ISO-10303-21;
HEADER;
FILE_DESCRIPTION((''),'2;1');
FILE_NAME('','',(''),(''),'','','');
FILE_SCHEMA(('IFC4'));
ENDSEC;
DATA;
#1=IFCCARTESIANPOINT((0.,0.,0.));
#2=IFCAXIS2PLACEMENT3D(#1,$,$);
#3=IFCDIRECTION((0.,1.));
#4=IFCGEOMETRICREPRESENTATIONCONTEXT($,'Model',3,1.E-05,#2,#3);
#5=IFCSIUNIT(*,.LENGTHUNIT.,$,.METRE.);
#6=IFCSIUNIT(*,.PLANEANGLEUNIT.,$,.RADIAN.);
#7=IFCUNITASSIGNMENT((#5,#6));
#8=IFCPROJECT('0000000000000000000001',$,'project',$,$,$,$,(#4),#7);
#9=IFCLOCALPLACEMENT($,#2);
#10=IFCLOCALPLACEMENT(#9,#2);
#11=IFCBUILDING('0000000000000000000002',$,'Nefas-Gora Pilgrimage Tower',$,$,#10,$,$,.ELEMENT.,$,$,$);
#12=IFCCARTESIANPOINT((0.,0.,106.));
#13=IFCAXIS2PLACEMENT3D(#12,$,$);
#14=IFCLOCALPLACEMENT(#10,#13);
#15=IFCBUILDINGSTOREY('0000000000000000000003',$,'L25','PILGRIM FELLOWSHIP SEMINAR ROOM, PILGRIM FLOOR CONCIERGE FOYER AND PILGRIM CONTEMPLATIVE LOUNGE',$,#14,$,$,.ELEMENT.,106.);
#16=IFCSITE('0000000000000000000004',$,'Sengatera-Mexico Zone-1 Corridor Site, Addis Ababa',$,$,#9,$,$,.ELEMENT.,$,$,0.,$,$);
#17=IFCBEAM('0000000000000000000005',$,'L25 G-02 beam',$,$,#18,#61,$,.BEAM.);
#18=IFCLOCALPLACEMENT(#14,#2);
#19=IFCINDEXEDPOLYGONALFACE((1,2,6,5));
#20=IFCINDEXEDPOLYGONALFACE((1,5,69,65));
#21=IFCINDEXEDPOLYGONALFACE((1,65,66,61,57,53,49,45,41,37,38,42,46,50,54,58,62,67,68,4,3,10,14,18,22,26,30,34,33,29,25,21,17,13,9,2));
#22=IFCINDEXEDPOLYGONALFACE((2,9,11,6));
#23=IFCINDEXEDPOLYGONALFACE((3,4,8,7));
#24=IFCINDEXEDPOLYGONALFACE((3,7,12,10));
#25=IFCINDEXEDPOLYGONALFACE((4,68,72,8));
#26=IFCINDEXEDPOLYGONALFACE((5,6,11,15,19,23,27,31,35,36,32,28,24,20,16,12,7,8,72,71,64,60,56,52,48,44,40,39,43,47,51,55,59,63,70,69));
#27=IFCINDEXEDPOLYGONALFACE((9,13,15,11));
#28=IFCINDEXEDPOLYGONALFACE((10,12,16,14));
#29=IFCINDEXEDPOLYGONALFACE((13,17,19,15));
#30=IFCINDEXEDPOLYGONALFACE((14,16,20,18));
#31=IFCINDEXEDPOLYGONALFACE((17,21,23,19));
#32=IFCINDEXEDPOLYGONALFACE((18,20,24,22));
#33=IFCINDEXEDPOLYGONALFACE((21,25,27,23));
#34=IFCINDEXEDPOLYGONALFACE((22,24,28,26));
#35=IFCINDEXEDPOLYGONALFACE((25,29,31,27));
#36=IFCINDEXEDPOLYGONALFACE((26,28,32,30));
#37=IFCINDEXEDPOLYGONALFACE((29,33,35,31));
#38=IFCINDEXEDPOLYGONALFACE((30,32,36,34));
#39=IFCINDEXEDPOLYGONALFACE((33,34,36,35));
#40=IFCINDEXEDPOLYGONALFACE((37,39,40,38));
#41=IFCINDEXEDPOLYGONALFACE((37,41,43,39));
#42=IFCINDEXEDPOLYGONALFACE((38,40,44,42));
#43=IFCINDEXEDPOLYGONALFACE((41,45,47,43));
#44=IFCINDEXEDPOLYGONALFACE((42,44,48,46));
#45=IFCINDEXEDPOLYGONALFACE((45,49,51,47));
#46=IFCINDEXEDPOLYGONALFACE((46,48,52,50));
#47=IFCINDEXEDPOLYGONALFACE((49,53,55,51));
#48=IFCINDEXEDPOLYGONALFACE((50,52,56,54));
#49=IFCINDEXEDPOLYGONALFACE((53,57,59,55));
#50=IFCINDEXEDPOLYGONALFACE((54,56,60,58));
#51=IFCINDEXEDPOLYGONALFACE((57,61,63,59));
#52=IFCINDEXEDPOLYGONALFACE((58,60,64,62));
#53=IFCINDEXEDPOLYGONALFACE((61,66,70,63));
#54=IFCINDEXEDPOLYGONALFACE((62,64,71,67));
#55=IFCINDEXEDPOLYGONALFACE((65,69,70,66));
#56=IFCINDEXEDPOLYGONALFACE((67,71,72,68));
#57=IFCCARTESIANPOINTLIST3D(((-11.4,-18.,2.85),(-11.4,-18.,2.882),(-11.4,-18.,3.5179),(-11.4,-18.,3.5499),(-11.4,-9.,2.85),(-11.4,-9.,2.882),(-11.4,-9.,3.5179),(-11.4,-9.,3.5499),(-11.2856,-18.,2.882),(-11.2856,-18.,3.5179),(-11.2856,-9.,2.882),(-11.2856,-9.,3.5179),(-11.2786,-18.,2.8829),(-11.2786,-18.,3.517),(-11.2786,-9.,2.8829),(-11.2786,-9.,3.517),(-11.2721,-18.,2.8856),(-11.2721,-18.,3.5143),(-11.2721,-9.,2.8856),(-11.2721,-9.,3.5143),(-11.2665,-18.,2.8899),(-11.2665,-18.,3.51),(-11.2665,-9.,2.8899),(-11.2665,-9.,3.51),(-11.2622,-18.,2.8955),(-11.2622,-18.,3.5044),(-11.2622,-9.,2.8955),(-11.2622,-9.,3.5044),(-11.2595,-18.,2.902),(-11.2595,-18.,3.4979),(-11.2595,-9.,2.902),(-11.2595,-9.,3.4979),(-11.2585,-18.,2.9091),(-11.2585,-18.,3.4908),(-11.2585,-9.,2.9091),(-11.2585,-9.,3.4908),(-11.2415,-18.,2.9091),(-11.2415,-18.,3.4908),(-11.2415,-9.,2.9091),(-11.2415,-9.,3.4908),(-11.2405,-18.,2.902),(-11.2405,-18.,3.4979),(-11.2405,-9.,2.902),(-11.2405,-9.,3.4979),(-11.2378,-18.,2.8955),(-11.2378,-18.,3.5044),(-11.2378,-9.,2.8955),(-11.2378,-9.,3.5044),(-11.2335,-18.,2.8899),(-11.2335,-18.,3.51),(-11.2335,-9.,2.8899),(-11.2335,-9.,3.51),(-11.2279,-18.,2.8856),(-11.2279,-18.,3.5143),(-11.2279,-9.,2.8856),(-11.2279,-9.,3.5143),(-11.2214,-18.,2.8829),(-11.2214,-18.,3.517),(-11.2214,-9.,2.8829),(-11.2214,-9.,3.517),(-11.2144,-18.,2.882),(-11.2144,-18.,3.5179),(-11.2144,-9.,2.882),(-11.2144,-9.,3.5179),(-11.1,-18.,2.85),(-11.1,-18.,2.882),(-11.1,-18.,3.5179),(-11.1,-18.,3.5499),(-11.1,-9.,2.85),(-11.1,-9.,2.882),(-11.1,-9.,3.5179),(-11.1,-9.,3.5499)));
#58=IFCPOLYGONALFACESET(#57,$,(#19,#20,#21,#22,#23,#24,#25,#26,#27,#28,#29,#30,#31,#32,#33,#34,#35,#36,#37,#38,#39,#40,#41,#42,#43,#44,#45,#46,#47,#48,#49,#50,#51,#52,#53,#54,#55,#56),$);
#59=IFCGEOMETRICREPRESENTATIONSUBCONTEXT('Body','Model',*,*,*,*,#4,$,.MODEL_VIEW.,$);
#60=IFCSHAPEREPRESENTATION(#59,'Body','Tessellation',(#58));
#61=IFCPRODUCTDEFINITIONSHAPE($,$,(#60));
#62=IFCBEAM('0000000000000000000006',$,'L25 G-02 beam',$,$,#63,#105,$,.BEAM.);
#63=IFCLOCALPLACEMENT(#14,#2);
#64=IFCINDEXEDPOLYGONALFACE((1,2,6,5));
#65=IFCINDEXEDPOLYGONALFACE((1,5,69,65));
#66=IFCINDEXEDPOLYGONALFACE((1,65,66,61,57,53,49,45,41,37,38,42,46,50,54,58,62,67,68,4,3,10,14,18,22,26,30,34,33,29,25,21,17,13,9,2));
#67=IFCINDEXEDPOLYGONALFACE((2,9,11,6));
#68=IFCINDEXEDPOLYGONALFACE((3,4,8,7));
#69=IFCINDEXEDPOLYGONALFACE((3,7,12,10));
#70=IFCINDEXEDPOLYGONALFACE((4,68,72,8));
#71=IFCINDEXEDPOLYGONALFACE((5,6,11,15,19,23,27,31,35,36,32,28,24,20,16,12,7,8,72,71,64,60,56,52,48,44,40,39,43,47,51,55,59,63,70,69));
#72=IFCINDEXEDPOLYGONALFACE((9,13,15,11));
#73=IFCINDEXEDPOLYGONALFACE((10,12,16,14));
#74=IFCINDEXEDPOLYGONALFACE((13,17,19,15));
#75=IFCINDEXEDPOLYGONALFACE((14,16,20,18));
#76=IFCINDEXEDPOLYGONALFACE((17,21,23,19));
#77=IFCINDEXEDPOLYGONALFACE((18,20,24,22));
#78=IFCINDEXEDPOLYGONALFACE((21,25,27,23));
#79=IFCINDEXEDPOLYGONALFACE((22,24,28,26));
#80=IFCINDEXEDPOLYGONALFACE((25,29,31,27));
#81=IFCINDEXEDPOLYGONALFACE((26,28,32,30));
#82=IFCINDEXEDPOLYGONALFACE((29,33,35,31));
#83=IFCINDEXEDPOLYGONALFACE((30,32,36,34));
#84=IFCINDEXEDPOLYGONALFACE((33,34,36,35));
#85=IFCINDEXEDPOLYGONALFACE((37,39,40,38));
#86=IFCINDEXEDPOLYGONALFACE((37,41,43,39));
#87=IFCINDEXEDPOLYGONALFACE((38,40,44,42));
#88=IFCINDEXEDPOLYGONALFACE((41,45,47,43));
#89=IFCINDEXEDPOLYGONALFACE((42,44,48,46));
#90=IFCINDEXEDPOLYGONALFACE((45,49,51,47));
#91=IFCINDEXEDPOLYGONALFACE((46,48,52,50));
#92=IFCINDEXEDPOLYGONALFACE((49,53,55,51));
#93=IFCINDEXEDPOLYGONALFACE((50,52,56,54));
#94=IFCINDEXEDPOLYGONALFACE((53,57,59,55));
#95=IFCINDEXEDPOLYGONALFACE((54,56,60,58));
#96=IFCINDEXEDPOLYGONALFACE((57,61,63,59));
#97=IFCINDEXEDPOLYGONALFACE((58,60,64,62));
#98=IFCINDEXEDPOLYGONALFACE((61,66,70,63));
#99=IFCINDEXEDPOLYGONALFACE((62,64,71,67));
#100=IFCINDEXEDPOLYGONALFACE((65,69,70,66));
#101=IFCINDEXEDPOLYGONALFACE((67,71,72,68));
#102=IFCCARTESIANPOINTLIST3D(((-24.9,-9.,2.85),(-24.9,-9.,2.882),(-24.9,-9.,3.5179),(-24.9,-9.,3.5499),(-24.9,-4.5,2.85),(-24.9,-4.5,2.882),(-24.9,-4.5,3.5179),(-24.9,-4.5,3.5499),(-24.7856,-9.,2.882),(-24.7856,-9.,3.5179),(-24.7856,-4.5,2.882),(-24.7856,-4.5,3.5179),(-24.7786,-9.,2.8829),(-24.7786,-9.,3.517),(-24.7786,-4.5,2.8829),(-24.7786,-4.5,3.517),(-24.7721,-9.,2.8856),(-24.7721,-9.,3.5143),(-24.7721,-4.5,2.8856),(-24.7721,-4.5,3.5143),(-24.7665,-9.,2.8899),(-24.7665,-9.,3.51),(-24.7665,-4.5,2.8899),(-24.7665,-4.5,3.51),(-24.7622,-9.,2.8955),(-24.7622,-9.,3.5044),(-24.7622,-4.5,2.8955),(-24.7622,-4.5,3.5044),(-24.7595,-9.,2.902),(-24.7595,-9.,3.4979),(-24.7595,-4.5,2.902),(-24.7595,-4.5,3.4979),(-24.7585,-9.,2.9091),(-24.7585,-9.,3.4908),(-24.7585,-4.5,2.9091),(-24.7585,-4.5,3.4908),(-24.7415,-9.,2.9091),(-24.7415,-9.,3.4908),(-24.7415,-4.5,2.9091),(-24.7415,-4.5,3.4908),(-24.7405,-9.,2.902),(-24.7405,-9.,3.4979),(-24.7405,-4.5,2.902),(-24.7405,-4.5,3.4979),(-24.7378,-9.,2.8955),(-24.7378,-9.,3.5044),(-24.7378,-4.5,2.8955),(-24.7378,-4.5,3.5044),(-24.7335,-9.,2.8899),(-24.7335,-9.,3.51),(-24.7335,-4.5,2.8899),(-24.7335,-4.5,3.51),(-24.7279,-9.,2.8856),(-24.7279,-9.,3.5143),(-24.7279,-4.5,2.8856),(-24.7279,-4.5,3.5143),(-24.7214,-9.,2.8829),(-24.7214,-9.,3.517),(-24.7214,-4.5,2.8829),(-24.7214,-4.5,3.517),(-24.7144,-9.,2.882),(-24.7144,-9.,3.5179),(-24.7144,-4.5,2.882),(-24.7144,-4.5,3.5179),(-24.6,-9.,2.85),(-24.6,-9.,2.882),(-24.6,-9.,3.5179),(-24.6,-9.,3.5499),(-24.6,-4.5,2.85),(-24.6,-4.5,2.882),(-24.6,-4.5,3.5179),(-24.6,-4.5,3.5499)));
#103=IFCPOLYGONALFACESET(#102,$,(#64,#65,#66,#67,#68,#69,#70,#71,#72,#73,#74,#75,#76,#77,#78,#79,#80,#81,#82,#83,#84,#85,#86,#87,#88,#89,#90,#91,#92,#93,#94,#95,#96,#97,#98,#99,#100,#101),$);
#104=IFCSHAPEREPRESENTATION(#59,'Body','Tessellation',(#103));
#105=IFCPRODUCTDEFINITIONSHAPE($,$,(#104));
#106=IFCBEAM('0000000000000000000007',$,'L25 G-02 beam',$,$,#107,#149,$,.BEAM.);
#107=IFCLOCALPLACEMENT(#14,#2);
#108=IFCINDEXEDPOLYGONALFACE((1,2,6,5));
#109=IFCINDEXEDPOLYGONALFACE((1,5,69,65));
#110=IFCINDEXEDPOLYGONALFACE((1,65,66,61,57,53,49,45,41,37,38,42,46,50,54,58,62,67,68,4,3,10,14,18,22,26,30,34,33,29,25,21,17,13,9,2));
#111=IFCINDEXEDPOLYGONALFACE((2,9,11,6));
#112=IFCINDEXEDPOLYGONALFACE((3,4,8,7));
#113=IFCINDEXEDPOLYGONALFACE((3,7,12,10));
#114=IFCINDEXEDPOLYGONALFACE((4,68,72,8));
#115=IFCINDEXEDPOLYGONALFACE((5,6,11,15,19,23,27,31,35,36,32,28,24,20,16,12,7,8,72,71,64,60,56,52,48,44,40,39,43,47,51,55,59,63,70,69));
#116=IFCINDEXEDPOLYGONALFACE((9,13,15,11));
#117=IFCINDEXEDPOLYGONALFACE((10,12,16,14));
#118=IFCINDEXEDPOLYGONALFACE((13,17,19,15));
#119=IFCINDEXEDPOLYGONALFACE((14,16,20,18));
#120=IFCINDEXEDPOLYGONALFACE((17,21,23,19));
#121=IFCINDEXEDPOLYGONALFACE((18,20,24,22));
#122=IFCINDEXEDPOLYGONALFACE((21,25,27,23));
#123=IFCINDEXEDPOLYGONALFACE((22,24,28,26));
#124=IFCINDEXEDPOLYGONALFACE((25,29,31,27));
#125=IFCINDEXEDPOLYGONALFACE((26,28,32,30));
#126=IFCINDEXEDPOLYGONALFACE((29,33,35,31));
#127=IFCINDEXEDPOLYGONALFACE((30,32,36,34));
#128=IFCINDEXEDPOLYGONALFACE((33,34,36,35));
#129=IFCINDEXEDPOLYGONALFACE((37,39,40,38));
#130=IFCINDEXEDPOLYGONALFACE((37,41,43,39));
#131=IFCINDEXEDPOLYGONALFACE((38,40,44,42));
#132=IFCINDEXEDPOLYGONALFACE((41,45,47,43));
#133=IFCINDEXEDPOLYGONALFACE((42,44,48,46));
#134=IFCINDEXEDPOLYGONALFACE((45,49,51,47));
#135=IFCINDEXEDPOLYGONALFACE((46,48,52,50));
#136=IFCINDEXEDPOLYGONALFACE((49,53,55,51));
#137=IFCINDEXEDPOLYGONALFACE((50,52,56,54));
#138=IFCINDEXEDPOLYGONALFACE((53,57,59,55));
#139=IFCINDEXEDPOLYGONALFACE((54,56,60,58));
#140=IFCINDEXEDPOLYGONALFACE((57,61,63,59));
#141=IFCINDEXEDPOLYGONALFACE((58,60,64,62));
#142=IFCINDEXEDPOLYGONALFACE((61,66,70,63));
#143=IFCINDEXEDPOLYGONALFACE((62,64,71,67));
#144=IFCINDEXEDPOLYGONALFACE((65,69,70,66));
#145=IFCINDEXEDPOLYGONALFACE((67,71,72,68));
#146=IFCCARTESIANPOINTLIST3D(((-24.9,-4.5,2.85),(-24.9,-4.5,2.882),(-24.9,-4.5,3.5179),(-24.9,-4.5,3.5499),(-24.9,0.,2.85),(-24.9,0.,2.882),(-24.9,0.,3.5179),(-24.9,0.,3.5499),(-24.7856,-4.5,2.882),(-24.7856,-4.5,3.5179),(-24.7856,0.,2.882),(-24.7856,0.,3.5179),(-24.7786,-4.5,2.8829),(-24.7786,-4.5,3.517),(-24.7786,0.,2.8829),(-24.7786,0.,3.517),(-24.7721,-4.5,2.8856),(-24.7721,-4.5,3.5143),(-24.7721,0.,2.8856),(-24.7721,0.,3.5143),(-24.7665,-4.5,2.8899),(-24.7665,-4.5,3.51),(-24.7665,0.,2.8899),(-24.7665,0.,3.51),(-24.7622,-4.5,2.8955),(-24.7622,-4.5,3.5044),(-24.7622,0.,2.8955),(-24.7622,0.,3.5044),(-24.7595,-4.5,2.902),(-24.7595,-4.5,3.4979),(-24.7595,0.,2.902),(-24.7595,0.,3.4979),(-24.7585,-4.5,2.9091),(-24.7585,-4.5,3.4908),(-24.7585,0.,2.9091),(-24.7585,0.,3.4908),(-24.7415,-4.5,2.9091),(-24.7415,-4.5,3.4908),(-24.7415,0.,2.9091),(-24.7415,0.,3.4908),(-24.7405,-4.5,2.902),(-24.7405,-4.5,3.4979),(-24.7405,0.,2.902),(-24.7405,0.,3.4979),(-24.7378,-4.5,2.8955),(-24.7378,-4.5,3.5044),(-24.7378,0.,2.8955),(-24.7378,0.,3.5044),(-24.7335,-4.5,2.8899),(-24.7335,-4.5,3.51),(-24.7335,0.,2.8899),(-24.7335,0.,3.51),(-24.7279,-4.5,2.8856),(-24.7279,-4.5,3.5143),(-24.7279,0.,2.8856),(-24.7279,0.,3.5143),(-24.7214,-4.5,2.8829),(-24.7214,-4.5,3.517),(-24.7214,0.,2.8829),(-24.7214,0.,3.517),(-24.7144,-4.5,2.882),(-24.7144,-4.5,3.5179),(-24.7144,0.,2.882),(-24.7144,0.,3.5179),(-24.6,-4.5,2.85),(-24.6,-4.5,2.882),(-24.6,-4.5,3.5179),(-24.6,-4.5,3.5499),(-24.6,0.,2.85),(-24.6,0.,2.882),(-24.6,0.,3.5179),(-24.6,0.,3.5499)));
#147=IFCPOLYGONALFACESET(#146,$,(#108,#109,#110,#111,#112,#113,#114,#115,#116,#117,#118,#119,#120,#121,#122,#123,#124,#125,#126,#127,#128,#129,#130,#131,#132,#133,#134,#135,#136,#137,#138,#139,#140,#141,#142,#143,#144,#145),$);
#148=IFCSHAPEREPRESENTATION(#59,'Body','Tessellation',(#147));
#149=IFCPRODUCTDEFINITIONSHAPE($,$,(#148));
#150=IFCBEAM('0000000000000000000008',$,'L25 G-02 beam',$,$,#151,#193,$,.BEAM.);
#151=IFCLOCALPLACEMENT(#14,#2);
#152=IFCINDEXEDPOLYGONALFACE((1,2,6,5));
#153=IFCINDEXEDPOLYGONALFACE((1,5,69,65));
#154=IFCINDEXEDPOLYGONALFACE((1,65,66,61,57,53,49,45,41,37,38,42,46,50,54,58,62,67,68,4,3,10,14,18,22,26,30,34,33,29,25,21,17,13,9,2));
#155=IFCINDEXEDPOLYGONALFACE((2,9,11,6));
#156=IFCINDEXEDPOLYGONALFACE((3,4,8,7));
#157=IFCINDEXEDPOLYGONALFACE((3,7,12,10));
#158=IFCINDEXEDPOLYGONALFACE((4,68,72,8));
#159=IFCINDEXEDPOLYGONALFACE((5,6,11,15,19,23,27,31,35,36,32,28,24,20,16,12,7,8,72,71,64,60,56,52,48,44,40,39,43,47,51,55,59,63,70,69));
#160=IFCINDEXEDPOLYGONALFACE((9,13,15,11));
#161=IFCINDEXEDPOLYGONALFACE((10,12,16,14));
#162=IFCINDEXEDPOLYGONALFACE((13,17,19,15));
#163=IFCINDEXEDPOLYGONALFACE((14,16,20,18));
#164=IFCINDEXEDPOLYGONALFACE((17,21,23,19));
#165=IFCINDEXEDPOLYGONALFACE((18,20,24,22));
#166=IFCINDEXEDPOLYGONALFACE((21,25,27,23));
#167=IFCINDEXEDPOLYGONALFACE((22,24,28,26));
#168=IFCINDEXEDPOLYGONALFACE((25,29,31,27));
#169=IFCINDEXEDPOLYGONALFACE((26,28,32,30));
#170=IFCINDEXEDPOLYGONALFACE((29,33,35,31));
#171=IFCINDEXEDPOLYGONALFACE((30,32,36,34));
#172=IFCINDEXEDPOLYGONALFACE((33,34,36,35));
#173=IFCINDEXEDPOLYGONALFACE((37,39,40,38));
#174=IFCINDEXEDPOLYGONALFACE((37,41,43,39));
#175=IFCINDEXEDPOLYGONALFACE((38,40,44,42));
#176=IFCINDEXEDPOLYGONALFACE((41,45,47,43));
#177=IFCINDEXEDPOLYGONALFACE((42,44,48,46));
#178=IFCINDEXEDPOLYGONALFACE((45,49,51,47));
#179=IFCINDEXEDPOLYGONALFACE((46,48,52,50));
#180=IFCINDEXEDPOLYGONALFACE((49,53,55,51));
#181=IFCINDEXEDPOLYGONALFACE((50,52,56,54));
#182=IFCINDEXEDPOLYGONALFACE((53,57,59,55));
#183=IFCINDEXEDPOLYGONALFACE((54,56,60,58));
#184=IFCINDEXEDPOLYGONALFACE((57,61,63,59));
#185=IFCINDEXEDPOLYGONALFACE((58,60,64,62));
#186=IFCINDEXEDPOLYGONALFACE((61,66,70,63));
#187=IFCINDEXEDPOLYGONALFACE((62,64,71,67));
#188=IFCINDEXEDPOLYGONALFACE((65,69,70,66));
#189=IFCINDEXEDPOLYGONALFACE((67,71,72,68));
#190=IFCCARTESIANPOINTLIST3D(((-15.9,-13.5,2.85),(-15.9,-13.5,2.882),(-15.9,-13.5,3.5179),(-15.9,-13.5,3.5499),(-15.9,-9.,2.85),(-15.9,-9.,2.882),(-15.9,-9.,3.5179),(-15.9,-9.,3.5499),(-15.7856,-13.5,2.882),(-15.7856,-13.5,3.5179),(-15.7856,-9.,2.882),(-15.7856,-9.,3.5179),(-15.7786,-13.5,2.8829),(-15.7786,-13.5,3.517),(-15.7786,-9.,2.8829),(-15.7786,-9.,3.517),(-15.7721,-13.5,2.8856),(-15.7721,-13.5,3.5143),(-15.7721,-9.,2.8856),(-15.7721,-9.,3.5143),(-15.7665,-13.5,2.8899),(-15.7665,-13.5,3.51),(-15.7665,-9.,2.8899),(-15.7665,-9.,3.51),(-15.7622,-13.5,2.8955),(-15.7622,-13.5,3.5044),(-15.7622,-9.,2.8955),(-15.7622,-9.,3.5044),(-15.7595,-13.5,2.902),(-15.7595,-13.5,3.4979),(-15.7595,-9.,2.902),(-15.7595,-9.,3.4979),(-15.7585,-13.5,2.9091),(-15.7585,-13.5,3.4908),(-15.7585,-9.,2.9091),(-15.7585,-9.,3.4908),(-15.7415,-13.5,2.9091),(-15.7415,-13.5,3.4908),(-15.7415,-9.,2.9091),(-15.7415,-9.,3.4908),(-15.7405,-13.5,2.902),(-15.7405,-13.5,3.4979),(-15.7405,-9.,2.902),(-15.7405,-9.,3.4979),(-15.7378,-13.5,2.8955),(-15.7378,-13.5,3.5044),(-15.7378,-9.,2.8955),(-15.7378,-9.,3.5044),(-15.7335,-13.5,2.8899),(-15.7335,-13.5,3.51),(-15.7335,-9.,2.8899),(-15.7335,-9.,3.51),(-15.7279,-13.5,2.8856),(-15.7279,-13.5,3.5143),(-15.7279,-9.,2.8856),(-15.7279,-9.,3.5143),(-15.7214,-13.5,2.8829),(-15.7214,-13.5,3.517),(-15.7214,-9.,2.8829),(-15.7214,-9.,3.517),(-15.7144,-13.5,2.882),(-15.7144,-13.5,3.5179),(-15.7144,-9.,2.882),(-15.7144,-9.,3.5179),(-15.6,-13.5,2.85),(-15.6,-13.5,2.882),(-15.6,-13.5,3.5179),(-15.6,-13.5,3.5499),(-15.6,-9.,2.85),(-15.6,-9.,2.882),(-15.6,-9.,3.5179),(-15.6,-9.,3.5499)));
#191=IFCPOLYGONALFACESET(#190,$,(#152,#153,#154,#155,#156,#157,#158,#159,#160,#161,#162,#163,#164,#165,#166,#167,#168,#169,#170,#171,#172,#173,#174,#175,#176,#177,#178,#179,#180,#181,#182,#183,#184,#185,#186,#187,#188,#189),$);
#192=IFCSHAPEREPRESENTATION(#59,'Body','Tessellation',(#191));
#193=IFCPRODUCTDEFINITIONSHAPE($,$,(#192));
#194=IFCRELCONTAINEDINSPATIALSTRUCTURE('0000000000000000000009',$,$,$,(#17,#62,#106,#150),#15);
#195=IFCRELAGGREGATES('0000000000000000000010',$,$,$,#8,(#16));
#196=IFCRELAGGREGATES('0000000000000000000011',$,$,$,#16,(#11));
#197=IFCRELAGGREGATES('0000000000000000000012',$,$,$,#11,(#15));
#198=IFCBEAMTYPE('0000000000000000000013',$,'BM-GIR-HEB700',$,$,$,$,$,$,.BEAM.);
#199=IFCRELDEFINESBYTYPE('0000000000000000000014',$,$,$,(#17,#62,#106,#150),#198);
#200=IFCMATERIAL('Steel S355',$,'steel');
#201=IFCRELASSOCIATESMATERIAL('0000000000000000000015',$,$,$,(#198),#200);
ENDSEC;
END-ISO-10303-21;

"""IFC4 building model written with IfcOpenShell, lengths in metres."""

from ifc_helpers import new_model, si_unit, direction, frame, origin, origin_2d, place, context, subcontext, project, spatial, i_section, extrude, source, transform, mapped, material, material_profile, profile_set, type_object, element, save


model = new_model("IFC4")

# Units and contexts
model_context = context("Model", 3, precision=1e-05, world=origin(), true_north=direction((0.0, 1.0)))
body_context = subcontext(model_context, "Body", "Model", "MODEL_VIEW")
ifc_project = project(units=[si_unit("LENGTHUNIT", "METRE"), si_unit("PLANEANGLEUNIT", "RADIAN")], contexts=[model_context])

# Site, building, storey
site_placement = place(None, origin())
site = spatial("IfcSite", under=ifc_project, at=site_placement, Name="Sengatera-Mexico Zone-1 Corridor Site, Addis Ababa", CompositionType="ELEMENT", RefElevation=0.0)
building_placement = place(site_placement, origin())
building = spatial("IfcBuilding", under=site, at=building_placement, Name="Nefas-Gora Pilgrimage Tower", CompositionType="ELEMENT")
storey_placement = place(building_placement, frame((0.0, 0.0, 106.0)))
storey = spatial("IfcBuildingStorey", under=building, at=storey_placement, Name="L25", Description="PILGRIM FELLOWSHIP SEMINAR ROOM, PILGRIM FLOOR CONCIERGE FOYER AND PILGRIM CONTEMPLATIVE LOUNGE", CompositionType="ELEMENT", Elevation=106.0)

# Beams
ifc_material_1 = material(Name="Steel S355", Category="steel")
ifc_material_profile_1 = material_profile(ifc_material_1, i_section(OverallWidth=0.3, OverallDepth=0.7, WebThickness=0.0171, FlangeThickness=0.032, FilletRadius=0.0271, at=origin_2d()), Name="HEB 700")
ifc_profile_set_1 = profile_set([ifc_material_profile_1], Name="Steel S355")
beam_type = type_object("IfcBeamType", Name="BM-GIR-HEB700", PredefinedType="BEAM", material=ifc_profile_set_1)
shared_shape_1 = source(origin(), body_context, "Body", "SweptSolid", [
    extrude(i_section(OverallWidth=0.3, OverallDepth=0.7, WebThickness=0.0171, FlangeThickness=0.032, FilletRadius=0.0271, at=origin_2d()), origin(), (0.0, 0.0, 1.0), 9.0),
])
for number, where, z_axis, x_axis, name in (
    (1, (-11.25, -18.0, 3.2), (0.0, 1.0, 0.0), (-1.0, 0.0, 0.0), "L25 G-02 beam"),
):
    element("IfcBeam", number, at=place(storey_placement, frame(where, z_axis=z_axis, x_axis=x_axis)), inside=storey, type_object=beam_type, Name=name, PredefinedType="BEAM", context=body_context, shape_type="MappedRepresentation", body=[
        mapped(shared_shape_1, transform((0.0, 0.0, 0.0), x_axis=(1.0, 0.0, 0.0), y_axis=(0.0, 1.0, 0.0), z_axis=(0.0, 0.0, 1.0), scale=1.0)),
    ])
shared_shape_2 = source(origin(), body_context, "Body", "SweptSolid", [
    extrude(i_section(OverallWidth=0.3, OverallDepth=0.7, WebThickness=0.0171, FlangeThickness=0.032, FilletRadius=0.0271, at=origin_2d()), origin(), (0.0, 0.0, 1.0), 4.5),
])
for number, where, z_axis, x_axis, name in (
    (2, (-24.75, -9.0, 3.2), (0.0, 1.0, 0.0), (-1.0, 0.0, 0.0), "L25 G-02 beam"),
    (3, (-24.75, -4.5, 3.2), (0.0, 1.0, 0.0), (-1.0, 0.0, 0.0), "L25 G-02 beam"),
    (4, (-15.75, -13.5, 3.2), (0.0, 1.0, 0.0), (-1.0, 0.0, 0.0), "L25 G-02 beam"),
):
    element("IfcBeam", number, at=place(storey_placement, frame(where, z_axis=z_axis, x_axis=x_axis)), inside=storey, type_object=beam_type, Name=name, PredefinedType="BEAM", context=body_context, shape_type="MappedRepresentation", body=[
        mapped(shared_shape_2, transform((0.0, 0.0, 0.0), x_axis=(1.0, 0.0, 0.0), y_axis=(0.0, 1.0, 0.0), z_axis=(0.0, 0.0, 1.0), scale=1.0)),
    ])

save(model, "model.ifc")
